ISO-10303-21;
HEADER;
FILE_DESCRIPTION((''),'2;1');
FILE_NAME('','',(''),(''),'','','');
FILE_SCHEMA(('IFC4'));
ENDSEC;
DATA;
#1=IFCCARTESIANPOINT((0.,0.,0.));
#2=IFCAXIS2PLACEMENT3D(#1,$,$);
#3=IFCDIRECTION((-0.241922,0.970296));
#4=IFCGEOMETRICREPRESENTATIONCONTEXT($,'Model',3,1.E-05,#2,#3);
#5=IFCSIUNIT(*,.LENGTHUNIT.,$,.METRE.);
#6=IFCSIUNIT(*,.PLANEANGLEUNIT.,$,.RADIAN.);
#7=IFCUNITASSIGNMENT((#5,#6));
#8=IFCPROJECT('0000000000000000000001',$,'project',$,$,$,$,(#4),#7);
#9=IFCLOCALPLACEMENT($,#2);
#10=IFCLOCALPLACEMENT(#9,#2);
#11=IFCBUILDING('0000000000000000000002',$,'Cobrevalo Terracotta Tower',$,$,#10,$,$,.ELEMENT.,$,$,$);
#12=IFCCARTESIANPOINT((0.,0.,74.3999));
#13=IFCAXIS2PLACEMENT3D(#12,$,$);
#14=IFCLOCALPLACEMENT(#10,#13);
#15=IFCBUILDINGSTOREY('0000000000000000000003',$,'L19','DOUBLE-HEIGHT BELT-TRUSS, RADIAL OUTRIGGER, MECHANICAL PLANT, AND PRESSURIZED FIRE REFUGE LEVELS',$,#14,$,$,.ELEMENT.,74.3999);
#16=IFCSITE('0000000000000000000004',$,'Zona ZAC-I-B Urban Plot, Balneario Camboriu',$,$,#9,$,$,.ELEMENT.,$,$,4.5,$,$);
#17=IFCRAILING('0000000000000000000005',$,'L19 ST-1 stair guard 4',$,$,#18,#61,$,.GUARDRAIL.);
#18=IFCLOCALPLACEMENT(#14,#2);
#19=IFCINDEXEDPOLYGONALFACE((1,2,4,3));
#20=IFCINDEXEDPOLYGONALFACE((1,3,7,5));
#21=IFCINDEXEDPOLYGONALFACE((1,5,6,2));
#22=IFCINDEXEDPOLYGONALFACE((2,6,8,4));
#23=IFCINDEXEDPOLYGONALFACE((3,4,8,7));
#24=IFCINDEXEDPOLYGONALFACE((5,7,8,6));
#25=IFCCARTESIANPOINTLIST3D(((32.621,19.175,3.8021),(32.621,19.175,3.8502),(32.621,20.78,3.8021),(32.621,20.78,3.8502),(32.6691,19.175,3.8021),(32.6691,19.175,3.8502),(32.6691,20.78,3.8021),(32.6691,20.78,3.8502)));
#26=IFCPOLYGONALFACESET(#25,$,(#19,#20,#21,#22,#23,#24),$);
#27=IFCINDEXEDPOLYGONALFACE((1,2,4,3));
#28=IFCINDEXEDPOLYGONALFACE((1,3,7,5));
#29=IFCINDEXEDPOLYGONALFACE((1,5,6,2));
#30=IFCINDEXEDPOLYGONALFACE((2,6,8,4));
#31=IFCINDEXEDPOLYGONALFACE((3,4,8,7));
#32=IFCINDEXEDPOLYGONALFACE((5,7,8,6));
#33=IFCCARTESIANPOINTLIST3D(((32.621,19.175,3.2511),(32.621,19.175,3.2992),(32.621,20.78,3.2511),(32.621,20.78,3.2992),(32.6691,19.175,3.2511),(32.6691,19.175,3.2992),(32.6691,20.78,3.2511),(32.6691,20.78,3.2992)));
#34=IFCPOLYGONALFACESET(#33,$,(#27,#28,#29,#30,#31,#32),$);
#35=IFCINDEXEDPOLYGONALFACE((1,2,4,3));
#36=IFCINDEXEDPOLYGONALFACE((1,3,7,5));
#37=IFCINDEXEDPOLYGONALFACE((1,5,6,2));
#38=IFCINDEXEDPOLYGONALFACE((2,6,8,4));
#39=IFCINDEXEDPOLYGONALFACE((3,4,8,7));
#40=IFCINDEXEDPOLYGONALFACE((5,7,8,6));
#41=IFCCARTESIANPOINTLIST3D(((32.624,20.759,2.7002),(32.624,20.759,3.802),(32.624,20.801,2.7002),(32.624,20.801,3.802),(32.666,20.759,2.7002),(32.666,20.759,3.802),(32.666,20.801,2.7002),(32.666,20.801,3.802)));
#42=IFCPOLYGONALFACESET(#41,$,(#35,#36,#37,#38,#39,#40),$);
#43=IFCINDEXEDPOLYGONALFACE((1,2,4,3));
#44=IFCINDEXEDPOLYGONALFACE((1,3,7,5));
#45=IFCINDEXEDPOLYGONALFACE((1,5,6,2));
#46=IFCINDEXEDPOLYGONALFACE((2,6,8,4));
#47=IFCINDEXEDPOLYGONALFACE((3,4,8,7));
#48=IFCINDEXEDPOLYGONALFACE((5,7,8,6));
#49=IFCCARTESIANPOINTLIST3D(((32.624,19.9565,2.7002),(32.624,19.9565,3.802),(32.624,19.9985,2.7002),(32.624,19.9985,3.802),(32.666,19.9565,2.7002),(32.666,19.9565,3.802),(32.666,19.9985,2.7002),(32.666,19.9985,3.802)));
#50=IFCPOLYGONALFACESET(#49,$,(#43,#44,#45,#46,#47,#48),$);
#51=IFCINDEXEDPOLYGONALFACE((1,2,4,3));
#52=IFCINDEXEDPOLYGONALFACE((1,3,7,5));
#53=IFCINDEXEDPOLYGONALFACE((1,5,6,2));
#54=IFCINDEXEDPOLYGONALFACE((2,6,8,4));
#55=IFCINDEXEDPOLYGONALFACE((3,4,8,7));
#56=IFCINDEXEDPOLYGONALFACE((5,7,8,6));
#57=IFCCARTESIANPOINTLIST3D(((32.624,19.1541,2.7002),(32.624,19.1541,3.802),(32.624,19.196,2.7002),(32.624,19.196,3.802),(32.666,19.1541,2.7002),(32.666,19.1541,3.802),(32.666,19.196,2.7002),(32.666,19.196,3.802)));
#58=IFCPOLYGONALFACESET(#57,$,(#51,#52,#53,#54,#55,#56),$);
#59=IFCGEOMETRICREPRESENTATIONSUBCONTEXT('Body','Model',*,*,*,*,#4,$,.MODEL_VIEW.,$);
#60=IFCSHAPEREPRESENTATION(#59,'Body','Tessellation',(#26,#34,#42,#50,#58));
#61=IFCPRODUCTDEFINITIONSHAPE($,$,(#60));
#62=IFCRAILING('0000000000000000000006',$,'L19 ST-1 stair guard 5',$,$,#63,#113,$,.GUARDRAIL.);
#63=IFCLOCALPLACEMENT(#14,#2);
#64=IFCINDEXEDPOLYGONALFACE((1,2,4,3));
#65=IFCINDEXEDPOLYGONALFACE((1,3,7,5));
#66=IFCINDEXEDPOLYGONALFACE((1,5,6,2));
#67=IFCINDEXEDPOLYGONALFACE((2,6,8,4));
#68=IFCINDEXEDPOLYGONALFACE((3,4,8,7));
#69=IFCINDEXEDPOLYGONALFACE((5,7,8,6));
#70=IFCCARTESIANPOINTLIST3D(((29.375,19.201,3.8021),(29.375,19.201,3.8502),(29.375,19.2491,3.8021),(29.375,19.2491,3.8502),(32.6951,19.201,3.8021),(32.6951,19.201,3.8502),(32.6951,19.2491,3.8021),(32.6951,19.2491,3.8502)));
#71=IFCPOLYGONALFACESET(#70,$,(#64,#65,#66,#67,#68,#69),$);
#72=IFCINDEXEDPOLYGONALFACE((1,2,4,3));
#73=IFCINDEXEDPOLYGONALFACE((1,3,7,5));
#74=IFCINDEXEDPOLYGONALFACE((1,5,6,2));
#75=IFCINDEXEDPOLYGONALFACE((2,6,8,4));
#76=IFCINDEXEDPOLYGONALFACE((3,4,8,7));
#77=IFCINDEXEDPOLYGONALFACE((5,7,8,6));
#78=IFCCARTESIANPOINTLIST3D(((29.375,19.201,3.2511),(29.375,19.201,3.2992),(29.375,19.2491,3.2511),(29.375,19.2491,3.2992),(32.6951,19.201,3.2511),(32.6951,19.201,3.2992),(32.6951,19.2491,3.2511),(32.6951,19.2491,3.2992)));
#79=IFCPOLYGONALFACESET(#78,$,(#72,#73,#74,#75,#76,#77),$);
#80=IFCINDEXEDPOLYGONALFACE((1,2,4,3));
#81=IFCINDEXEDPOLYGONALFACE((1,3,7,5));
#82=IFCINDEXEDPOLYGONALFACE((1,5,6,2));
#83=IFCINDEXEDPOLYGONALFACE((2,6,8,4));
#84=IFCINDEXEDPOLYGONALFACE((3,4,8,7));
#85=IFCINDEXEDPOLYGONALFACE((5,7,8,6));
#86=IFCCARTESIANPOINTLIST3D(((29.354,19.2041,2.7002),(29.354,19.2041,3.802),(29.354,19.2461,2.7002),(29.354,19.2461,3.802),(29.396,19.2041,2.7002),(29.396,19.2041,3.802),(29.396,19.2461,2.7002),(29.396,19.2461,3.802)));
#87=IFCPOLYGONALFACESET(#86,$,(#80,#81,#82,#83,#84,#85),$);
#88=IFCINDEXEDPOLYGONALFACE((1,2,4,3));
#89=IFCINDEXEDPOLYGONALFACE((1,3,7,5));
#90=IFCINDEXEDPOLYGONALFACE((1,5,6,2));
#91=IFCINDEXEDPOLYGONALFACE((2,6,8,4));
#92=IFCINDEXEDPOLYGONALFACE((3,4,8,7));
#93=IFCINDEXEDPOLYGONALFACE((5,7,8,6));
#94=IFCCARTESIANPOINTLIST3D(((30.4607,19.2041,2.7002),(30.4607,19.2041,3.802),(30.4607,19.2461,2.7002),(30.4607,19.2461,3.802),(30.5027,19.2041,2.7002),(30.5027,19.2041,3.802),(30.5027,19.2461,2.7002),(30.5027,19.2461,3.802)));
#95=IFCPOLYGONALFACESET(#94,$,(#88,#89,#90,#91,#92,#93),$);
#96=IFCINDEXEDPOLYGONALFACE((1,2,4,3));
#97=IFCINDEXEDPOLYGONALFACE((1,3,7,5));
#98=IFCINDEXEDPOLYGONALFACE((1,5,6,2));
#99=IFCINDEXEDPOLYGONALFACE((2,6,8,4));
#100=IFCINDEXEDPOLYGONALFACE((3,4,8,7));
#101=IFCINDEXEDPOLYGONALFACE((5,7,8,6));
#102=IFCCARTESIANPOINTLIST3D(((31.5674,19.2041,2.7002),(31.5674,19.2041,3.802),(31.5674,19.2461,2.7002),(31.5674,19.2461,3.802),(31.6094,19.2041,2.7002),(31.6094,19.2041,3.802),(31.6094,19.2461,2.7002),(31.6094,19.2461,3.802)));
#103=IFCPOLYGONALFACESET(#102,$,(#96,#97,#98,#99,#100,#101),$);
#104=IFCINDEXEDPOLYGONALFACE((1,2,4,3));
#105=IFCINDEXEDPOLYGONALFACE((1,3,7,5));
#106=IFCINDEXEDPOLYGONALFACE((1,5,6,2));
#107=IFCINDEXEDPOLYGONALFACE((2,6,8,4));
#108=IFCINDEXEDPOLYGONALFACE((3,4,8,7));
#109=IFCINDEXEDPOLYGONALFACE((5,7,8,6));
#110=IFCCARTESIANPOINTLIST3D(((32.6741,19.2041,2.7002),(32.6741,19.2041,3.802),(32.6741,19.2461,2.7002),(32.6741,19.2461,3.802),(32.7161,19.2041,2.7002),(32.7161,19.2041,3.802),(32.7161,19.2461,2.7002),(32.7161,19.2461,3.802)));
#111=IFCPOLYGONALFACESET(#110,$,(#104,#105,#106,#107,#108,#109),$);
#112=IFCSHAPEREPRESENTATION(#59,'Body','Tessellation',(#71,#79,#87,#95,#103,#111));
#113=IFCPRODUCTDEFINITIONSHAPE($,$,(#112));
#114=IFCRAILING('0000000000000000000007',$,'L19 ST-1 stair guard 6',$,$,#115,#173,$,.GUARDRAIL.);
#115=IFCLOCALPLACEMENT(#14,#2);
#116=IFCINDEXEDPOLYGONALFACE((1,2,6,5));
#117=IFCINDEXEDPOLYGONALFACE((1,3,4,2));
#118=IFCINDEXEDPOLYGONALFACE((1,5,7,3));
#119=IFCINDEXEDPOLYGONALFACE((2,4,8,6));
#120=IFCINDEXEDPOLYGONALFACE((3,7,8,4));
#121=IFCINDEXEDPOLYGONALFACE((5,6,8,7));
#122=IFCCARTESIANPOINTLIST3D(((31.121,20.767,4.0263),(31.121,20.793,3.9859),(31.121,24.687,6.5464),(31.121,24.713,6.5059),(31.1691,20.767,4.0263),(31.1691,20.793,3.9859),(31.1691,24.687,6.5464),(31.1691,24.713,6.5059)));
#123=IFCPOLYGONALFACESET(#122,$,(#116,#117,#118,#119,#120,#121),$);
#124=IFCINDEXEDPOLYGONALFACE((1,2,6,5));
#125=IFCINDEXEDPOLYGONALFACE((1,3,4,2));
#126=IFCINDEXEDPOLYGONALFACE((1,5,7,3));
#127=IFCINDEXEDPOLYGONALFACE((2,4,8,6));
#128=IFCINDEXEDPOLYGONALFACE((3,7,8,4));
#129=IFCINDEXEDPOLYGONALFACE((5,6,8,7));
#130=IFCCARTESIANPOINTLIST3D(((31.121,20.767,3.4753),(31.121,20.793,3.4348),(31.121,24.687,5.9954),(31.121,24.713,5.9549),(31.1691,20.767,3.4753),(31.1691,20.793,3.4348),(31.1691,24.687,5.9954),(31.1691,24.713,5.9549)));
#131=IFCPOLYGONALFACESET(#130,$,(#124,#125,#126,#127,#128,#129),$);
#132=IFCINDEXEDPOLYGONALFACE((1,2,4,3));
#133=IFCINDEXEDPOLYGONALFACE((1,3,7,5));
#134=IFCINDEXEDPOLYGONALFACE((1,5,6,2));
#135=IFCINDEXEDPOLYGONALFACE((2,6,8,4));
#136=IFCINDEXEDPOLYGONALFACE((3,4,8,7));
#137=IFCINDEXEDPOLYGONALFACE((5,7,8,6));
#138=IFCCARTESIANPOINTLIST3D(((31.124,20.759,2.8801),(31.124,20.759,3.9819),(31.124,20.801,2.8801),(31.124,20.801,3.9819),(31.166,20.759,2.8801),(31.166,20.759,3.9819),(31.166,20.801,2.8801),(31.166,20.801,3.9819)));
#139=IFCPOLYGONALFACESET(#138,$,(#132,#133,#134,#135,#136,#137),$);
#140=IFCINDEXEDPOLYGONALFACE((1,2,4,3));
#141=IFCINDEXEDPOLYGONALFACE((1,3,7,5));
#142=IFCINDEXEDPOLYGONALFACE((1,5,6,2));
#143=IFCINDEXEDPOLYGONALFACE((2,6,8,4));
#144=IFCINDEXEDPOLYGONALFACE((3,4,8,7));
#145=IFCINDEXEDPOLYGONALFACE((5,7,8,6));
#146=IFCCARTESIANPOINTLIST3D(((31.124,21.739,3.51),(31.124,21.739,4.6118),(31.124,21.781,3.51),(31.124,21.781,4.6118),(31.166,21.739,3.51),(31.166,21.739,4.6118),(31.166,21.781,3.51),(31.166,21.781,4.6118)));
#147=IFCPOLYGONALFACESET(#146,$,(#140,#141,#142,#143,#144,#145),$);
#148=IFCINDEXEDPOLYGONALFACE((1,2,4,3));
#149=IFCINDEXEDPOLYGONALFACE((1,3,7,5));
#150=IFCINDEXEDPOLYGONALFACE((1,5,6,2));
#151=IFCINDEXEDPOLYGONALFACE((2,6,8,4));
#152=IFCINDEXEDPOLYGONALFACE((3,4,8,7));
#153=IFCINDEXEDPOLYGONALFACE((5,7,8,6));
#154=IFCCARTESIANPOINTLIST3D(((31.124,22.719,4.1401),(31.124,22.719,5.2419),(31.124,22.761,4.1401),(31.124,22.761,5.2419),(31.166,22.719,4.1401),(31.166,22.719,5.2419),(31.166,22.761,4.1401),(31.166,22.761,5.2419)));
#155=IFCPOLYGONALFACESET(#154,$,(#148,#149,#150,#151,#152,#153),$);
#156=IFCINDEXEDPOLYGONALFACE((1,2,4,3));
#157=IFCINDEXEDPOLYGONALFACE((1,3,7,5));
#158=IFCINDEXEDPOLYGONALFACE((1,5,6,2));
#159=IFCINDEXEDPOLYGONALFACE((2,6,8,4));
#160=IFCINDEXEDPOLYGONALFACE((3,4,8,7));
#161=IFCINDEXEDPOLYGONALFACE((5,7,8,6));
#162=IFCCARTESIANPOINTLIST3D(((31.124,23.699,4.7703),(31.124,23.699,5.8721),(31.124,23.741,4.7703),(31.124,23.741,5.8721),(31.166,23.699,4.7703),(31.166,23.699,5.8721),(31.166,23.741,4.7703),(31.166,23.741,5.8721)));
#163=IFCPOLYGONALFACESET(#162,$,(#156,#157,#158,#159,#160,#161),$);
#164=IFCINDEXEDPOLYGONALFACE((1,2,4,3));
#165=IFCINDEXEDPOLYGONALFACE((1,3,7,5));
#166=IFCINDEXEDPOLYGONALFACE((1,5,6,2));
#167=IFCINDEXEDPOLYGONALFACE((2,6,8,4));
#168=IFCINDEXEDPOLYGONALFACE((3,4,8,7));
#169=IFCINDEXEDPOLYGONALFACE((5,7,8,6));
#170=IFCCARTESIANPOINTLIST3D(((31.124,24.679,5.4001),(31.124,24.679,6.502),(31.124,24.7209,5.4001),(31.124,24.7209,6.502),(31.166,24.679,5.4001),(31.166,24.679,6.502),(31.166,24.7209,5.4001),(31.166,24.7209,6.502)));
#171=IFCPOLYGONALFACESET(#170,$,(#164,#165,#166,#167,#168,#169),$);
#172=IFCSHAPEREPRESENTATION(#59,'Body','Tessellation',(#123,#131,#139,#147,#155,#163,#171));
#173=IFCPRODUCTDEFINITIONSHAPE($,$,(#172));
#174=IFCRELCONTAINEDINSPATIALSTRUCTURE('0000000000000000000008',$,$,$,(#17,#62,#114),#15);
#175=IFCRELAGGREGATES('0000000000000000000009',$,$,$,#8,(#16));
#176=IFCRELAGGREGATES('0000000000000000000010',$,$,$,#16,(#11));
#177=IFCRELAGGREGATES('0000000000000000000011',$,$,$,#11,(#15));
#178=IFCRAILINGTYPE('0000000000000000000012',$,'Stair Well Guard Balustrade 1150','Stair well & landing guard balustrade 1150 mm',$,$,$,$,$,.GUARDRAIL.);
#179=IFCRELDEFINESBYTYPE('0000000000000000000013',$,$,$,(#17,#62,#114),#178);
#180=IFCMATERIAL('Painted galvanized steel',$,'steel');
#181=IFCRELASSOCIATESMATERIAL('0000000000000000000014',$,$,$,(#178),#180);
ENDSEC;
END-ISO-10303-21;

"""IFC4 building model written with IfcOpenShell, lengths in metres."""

from ifc_helpers import new_model, si_unit, direction, frame, origin, origin_2d, place, context, subcontext, project, spatial, rectangle, extrude, material, type_object, element, save


model = new_model("IFC4")

# Units and contexts
model_context = context("Model", 3, precision=1e-05, world=origin(), true_north=direction((-0.241922, 0.970296)))
body_context = subcontext(model_context, "Body", "Model", "MODEL_VIEW")
ifc_project = project(units=[si_unit("LENGTHUNIT", "METRE"), si_unit("PLANEANGLEUNIT", "RADIAN")], contexts=[model_context])

# Site, building, storey
site_placement = place(None, origin())
site = spatial("IfcSite", under=ifc_project, at=site_placement, Name="Zona ZAC-I-B Urban Plot, Balneario Camboriu", CompositionType="ELEMENT", RefElevation=4.5)
building_placement = place(site_placement, origin())
building = spatial("IfcBuilding", under=site, at=building_placement, Name="Cobrevalo Terracotta Tower", CompositionType="ELEMENT")
storey_placement = place(building_placement, frame((0.0, 0.0, 74.3999)))
storey = spatial("IfcBuildingStorey", under=building, at=storey_placement, Name="L19", Description="DOUBLE-HEIGHT BELT-TRUSS, RADIAL OUTRIGGER, MECHANICAL PLANT, AND PRESSURIZED FIRE REFUGE LEVELS", CompositionType="ELEMENT", Elevation=74.3999)

# Railings
ifc_material_1 = material(Name="Painted galvanized steel", Category="steel")
railing_type_1 = type_object("IfcRailingType", Name="Stair Well Guard Balustrade 1150", Description="Stair well & landing guard balustrade 1150 mm", PredefinedType="GUARDRAIL", material=ifc_material_1)
for number, where, name in (
    (1, (32.645, 20.78, 2.7002), "L19 ST-1 stair guard 4"),
):
    element("IfcRailing", number, at=place(storey_placement, frame(where)), inside=storey, type_object=railing_type_1, Name=name, PredefinedType="GUARDRAIL", context=body_context, shape_type="SweptSolid", body=[
        extrude(rectangle(XDim=0.0481, YDim=0.0481, at=origin_2d()), frame((0.0, 0.0, 1.126), z_axis=(0.0, -1.0, 0.0), x_axis=(1.0, 0.0, 0.0)), (0.0, 0.0, 1.0), 1.605),
        extrude(rectangle(XDim=0.0481, YDim=0.0481, at=origin_2d()), frame((0.0, 0.0, 0.575), z_axis=(0.0, -1.0, 0.0), x_axis=(1.0, 0.0, 0.0)), (0.0, 0.0, 1.0), 1.605),
        extrude(rectangle(XDim=0.042, YDim=0.042, at=origin_2d()), origin(), (0.0, 0.0, 1.0), 1.1018),
        extrude(rectangle(XDim=0.042, YDim=0.042, at=origin_2d()), frame((0.0, -0.8025, 0.0)), (0.0, 0.0, 1.0), 1.1018),
        extrude(rectangle(XDim=0.042, YDim=0.042, at=origin_2d()), frame((0.0, -1.605, 0.0)), (0.0, 0.0, 1.0), 1.1018),
    ])
railing_1_placement = place(storey_placement, frame((29.375, 19.2251, 2.7002)))
element("IfcRailing", 2, at=railing_1_placement, inside=storey, type_object=railing_type_1, Name="L19 ST-1 stair guard 5", PredefinedType="GUARDRAIL", context=body_context, shape_type="SweptSolid", body=[
    extrude(rectangle(XDim=0.0481, YDim=0.0481, at=origin_2d()), frame((0.0, 0.0, 1.126), z_axis=(1.0, 0.0, 0.0), x_axis=(0.0, 1.0, 0.0)), (0.0, 0.0, 1.0), 3.3201),
    extrude(rectangle(XDim=0.0481, YDim=0.0481, at=origin_2d()), frame((0.0, 0.0, 0.575), z_axis=(1.0, 0.0, 0.0), x_axis=(0.0, 1.0, 0.0)), (0.0, 0.0, 1.0), 3.3201),
    extrude(rectangle(XDim=0.042, YDim=0.042, at=origin_2d()), origin(), (0.0, 0.0, 1.0), 1.1018),
    extrude(rectangle(XDim=0.042, YDim=0.042, at=origin_2d()), frame((1.1067, 0.0, 0.0)), (0.0, 0.0, 1.0), 1.1018),
    extrude(rectangle(XDim=0.042, YDim=0.042, at=origin_2d()), frame((2.2134, 0.0, 0.0)), (0.0, 0.0, 1.0), 1.1018),
    extrude(rectangle(XDim=0.042, YDim=0.042, at=origin_2d()), frame((3.3201, 0.0, 0.0)), (0.0, 0.0, 1.0), 1.1018),
])
railing_2_placement = place(storey_placement, frame((31.145, 20.78, 2.8801)))
element("IfcRailing", 3, at=railing_2_placement, inside=storey, type_object=railing_type_1, Name="L19 ST-1 stair guard 6", PredefinedType="GUARDRAIL", context=body_context, shape_type="SweptSolid", body=[
    extrude(rectangle(XDim=0.0481, YDim=0.0481, at=origin_2d()), frame((0.0, 0.0, 1.126), z_axis=(0.0, 0.841172, 0.540768), x_axis=(-1.0, 0.0, 0.0)), (0.0, 0.0, 1.0), 4.6602),
    extrude(rectangle(XDim=0.0481, YDim=0.0481, at=origin_2d()), frame((0.0, 0.0, 0.575), z_axis=(0.0, 0.841172, 0.540768), x_axis=(-1.0, 0.0, 0.0)), (0.0, 0.0, 1.0), 4.6602),
    extrude(rectangle(XDim=0.042, YDim=0.042, at=origin_2d()), origin(), (0.0, 0.0, 1.0), 1.1018),
    extrude(rectangle(XDim=0.042, YDim=0.042, at=origin_2d()), frame((0.0, 0.98, 0.6299)), (0.0, 0.0, 1.0), 1.1018),
    extrude(rectangle(XDim=0.042, YDim=0.042, at=origin_2d()), frame((0.0, 1.96, 1.26)), (0.0, 0.0, 1.0), 1.1018),
    extrude(rectangle(XDim=0.042, YDim=0.042, at=origin_2d()), frame((0.0, 2.9399, 1.8901)), (0.0, 0.0, 1.0), 1.1018),
    extrude(rectangle(XDim=0.042, YDim=0.042, at=origin_2d()), frame((0.0, 3.9199, 2.52)), (0.0, 0.0, 1.0), 1.1018),
])

save(model, "model.ifc")
